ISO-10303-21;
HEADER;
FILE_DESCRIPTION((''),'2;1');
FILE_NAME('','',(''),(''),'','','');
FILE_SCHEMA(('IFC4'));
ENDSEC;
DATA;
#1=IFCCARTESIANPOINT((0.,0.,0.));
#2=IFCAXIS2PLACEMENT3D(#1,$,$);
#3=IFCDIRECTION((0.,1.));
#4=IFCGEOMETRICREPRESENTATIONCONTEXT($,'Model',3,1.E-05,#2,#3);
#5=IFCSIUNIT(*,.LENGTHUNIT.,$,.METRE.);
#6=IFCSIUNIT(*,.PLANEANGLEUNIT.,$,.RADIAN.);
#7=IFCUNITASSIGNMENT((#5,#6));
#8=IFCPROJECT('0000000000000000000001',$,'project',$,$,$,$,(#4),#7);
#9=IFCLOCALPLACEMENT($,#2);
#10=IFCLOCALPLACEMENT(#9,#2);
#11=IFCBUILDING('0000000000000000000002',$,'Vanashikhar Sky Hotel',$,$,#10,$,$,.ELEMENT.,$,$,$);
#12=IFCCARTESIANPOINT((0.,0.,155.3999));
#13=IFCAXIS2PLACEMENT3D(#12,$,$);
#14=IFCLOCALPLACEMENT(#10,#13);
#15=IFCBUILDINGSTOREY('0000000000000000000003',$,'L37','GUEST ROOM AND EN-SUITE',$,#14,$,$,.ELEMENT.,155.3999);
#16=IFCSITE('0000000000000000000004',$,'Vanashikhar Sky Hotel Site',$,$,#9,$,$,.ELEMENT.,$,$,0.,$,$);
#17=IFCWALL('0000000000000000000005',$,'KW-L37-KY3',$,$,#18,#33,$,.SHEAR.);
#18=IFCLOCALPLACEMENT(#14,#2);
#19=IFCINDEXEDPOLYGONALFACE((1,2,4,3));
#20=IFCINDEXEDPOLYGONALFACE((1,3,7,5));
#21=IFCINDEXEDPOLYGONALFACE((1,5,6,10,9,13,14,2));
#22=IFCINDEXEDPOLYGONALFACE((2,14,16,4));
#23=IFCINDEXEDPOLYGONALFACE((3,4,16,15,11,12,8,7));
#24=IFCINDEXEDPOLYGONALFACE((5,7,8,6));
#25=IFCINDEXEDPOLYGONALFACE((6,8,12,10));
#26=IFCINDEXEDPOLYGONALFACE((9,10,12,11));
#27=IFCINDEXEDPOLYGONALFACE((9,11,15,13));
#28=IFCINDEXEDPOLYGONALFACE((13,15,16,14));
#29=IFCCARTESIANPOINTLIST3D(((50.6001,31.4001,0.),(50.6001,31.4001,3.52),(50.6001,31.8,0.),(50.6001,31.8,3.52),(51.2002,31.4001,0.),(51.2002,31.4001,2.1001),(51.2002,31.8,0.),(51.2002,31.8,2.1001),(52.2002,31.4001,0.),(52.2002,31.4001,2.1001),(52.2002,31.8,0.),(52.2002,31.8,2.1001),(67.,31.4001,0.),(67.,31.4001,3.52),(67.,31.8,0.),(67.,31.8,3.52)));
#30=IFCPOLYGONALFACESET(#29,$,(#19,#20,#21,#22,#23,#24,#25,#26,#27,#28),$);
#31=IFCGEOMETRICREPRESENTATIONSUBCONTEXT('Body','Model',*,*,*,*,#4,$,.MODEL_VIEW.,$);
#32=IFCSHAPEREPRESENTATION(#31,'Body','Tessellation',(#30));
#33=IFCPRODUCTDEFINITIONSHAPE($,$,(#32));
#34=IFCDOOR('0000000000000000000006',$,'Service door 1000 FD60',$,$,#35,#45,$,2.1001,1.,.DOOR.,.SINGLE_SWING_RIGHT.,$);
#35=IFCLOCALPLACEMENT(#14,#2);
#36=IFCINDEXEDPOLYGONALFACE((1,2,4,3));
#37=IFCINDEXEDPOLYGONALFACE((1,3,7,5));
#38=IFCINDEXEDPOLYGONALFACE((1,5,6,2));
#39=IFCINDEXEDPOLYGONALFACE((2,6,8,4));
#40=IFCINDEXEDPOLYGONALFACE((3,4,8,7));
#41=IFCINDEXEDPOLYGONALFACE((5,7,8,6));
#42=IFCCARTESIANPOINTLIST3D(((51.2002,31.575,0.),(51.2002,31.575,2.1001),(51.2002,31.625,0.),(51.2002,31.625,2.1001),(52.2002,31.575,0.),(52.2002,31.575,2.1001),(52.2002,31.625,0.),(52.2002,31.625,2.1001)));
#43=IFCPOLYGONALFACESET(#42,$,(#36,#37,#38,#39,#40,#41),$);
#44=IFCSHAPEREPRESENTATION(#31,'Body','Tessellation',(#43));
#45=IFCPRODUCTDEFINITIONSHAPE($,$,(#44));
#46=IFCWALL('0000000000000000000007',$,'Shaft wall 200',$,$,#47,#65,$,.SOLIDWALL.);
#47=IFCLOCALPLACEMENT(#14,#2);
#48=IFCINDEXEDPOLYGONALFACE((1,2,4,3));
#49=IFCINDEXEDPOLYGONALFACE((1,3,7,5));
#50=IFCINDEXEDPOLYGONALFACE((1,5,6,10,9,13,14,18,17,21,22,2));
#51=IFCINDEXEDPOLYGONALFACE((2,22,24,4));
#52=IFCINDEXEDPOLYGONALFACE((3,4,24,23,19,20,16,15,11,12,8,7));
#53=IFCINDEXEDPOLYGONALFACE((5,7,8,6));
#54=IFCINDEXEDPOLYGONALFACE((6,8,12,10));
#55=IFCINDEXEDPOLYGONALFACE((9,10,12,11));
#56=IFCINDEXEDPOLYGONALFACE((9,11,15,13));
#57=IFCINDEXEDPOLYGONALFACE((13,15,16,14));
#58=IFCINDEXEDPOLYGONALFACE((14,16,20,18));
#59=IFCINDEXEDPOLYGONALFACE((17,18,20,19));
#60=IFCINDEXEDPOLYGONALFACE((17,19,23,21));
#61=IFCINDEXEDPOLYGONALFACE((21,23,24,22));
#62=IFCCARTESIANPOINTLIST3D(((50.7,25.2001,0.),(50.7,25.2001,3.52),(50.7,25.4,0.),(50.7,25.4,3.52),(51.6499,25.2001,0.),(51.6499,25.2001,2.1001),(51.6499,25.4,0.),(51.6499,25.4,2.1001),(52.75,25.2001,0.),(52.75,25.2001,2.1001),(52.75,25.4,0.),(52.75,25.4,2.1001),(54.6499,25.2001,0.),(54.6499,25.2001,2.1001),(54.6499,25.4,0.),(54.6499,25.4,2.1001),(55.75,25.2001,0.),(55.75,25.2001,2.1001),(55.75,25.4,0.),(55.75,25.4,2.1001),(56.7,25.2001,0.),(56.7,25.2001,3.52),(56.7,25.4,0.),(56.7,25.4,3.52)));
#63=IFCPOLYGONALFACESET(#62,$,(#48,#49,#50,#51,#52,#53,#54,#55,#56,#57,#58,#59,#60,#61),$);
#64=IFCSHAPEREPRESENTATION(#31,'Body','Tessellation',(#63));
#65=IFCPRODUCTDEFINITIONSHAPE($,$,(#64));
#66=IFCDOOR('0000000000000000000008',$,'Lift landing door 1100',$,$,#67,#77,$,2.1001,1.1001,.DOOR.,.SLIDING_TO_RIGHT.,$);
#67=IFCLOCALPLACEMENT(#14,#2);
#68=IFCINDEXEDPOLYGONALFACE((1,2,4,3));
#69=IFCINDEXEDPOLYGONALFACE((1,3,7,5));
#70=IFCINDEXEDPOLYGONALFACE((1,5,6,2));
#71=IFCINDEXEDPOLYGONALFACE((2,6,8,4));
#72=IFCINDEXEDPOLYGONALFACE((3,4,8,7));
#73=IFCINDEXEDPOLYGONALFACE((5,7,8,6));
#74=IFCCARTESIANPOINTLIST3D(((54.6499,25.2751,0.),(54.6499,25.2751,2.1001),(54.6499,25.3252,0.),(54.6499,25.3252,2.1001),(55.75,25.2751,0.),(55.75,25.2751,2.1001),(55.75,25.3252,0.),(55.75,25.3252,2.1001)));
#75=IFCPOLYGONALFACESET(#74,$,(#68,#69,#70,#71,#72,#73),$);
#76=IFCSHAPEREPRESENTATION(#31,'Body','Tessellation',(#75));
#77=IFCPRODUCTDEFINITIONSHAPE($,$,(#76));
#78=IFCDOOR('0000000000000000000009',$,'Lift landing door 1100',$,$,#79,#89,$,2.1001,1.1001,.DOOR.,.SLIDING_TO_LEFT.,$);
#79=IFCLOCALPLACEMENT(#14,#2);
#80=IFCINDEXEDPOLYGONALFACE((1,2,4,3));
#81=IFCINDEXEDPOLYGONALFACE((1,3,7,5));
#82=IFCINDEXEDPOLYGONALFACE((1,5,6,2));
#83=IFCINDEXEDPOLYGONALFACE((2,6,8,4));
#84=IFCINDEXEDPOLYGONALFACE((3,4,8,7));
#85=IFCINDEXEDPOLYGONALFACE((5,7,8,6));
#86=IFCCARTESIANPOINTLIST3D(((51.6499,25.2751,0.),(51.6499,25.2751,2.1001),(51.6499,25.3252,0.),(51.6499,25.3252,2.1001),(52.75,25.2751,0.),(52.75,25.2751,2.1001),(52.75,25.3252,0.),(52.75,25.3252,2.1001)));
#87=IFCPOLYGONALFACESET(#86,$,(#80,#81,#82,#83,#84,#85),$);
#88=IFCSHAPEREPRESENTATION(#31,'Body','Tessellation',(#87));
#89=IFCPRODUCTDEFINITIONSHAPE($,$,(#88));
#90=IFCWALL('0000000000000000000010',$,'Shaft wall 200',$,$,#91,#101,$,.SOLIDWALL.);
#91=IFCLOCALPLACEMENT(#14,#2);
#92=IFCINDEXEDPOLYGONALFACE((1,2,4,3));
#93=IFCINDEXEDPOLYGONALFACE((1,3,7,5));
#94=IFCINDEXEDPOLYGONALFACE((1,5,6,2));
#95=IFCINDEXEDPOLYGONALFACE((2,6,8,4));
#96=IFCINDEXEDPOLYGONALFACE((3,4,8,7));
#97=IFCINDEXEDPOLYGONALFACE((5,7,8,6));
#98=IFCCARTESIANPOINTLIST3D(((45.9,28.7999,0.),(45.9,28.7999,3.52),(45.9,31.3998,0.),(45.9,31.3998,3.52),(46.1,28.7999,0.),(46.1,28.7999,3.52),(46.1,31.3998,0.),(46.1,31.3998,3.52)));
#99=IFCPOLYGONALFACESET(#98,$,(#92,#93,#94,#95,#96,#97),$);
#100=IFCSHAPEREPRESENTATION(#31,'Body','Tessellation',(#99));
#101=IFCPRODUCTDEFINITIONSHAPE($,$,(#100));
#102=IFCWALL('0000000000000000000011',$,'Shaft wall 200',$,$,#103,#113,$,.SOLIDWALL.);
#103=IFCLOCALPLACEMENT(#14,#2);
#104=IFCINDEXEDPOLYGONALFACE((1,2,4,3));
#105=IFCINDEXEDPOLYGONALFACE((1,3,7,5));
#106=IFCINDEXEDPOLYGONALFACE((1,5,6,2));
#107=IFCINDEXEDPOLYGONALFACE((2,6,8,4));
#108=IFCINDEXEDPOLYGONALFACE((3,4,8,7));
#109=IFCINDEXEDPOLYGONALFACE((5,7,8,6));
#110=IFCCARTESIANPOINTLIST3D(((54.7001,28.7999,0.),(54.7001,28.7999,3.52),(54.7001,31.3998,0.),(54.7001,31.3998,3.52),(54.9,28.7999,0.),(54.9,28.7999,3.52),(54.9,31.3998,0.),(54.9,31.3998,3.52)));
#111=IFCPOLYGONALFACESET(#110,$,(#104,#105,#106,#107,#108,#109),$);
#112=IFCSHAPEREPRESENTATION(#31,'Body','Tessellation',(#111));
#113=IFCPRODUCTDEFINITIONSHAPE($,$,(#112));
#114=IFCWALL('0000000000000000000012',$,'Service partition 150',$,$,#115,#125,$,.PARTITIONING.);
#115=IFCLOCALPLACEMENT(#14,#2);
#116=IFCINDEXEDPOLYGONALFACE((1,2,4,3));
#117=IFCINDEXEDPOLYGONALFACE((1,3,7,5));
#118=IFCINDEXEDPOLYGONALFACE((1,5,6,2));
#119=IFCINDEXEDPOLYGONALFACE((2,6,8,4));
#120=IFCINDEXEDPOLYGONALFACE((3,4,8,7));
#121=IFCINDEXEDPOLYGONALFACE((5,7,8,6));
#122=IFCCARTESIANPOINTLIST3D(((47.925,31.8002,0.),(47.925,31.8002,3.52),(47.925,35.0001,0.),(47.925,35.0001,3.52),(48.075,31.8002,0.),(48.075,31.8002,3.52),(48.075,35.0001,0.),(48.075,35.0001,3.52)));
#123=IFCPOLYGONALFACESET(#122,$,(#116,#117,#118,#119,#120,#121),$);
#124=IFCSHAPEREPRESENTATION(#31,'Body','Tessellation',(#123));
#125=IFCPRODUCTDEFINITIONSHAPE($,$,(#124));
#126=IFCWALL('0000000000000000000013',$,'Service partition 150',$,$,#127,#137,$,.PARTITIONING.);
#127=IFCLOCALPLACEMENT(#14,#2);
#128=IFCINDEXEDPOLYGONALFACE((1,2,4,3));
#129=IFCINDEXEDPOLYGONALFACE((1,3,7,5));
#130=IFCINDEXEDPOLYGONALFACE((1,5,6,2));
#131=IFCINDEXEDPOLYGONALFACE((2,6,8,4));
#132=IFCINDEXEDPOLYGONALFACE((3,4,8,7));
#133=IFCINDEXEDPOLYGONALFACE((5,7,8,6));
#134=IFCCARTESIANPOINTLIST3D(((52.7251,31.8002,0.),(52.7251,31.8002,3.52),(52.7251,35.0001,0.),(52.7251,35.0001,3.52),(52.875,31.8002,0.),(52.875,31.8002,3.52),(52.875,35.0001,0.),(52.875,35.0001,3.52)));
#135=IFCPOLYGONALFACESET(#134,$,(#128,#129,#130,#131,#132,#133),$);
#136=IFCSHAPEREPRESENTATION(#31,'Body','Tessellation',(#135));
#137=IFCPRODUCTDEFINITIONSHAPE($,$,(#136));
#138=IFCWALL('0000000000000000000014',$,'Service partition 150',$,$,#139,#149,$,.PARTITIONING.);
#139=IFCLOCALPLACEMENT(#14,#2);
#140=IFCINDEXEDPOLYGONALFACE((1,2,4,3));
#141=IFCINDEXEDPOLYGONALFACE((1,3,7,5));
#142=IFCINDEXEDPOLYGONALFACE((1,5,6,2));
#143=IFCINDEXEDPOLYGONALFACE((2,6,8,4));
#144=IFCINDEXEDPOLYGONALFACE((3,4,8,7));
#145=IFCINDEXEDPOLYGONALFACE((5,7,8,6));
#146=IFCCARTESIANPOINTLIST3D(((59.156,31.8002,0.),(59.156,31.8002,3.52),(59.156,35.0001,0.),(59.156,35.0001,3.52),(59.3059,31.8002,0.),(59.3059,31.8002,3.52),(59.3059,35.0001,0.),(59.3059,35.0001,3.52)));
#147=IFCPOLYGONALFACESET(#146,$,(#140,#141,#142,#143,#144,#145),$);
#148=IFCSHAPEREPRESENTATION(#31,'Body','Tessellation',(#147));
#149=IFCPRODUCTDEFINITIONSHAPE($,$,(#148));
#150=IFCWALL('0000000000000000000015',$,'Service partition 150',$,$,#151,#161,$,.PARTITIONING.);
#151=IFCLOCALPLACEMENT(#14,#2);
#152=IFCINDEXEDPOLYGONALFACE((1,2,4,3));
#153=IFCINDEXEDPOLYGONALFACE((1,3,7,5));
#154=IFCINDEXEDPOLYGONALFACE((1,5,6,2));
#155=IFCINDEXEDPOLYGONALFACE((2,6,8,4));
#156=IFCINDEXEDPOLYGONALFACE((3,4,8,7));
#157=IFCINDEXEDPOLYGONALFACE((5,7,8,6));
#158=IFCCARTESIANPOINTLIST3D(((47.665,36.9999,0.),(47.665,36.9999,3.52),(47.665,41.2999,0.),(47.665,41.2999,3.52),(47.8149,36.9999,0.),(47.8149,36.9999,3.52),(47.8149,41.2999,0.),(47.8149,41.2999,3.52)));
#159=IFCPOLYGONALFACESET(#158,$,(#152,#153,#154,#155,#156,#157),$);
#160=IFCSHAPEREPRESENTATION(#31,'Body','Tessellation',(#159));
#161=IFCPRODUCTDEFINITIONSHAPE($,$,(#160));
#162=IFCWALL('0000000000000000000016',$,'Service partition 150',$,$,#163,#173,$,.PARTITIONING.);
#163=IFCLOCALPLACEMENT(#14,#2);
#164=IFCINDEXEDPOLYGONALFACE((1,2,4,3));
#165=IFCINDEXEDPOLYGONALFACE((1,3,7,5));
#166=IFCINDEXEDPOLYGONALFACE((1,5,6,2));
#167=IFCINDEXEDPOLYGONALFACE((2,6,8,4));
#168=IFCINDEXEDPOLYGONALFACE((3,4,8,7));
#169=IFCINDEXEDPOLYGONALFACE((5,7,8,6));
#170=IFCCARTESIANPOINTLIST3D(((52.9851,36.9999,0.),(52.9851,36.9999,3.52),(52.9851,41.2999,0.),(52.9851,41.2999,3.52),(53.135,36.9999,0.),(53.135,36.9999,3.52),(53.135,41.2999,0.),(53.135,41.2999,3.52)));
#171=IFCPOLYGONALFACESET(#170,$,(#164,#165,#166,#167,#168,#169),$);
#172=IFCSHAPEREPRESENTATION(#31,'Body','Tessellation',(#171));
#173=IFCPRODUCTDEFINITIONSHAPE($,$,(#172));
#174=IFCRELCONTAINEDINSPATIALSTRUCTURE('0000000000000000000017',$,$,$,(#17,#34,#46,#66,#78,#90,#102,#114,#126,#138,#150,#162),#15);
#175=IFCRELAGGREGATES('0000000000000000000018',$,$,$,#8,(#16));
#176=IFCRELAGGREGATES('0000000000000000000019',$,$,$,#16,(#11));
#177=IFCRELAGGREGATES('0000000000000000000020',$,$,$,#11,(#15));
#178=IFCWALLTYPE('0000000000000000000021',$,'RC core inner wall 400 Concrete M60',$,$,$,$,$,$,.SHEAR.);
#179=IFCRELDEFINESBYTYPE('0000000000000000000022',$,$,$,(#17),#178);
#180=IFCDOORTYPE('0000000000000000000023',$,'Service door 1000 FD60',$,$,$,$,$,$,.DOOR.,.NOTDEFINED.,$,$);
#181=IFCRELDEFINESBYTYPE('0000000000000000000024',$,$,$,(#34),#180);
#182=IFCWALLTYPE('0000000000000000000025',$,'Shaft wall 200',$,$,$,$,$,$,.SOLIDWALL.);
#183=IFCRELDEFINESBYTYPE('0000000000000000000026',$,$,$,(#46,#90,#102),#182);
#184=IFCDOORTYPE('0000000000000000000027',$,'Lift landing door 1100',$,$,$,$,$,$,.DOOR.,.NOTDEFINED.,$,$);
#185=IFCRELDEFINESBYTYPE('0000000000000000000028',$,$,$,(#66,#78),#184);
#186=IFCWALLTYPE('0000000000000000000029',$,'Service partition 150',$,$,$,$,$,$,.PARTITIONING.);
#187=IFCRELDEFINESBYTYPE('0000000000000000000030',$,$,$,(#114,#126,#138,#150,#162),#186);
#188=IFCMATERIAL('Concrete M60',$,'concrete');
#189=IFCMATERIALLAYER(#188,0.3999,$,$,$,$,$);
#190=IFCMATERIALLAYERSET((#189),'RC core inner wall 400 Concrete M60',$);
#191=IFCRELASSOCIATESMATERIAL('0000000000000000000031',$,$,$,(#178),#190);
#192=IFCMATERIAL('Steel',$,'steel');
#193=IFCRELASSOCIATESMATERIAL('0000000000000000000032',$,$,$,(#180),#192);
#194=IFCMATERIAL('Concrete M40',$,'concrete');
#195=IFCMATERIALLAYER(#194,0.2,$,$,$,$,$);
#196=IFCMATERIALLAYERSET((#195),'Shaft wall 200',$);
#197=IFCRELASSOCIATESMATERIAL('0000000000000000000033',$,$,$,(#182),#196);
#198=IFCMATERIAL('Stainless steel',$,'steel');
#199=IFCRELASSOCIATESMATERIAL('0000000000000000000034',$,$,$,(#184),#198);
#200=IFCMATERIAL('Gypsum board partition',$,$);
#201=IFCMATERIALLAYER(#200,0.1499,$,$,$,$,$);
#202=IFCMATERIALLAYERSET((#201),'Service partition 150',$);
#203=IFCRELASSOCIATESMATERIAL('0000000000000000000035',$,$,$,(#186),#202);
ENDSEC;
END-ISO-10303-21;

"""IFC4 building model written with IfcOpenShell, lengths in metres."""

from ifc_helpers import new_model, si_unit, direction, frame, frame_2d, origin, place, context, subcontext, project, spatial, rectangle, extrude, source, transform, mapped, material, layer, layer_set, type_object, element, fill, save


model = new_model("IFC4")

# Units and contexts
model_context = context("Model", 3, precision=1e-05, world=origin(), true_north=direction((0.0, 1.0)))
body_context = subcontext(model_context, "Body", "Model", "MODEL_VIEW")
ifc_project = project(units=[si_unit("LENGTHUNIT", "METRE"), si_unit("PLANEANGLEUNIT", "RADIAN")], contexts=[model_context])

# Site, building, storey
site_placement = place(None, origin())
site = spatial("IfcSite", under=ifc_project, at=site_placement, Name="Vanashikhar Sky Hotel Site", CompositionType="ELEMENT", RefElevation=0.0)
building_placement = place(site_placement, origin())
building = spatial("IfcBuilding", under=site, at=building_placement, Name="Vanashikhar Sky Hotel", CompositionType="ELEMENT")
storey_placement = place(building_placement, frame((0.0, 0.0, 155.3999)))
storey = spatial("IfcBuildingStorey", under=building, at=storey_placement, Name="L37", Description="GUEST ROOM AND EN-SUITE", CompositionType="ELEMENT", Elevation=155.3999)

# Wall, opening, door
ifc_material_1 = material(Name="Concrete M60", Category="concrete")
ifc_layer_1 = layer(ifc_material_1, 0.3999)
ifc_layer_set_1 = layer_set([ifc_layer_1], Name="RC core inner wall 400 Concrete M60")
wall_type_1 = type_object("IfcWallType", Name="RC core inner wall 400 Concrete M60", PredefinedType="SHEAR", material=ifc_layer_set_1)
shared_shape_1 = source(origin(), body_context, "Body", "SweptSolid", [
    extrude(rectangle(XDim=16.3999, YDim=0.3999, at=frame_2d((8.2, 0.0))), origin(), (0.0, 0.0, 1.0), 3.52),
])
wall_1_placement = place(storey_placement, frame((50.6001, 31.6001, 0.0), z_axis=(0.0, 0.0, 1.0), x_axis=(1.0, 0.0, 0.0)))
wall_1 = element("IfcWall", 1, at=wall_1_placement, inside=storey, type_object=wall_type_1, Name="KW-L37-KY3", PredefinedType="SHEAR", context=body_context, shape_type="MappedRepresentation", body=[
    mapped(shared_shape_1, transform((0.0, 0.0, 0.0), scale=1.0)),
])
shared_shape_2 = source(origin(), body_context, "Body", "SweptSolid", [
    extrude(rectangle(XDim=1.0, YDim=2.1001, at=frame_2d((0.5, 1.05))), frame((0.0, 0.21, 0.0), z_axis=(0.0, -1.0, 0.0), x_axis=(1.0, 0.0, 0.0)), (0.0, 0.0, 1.0), 0.4199),
])
opening_1_placement = place(wall_1_placement, frame((0.6001, 0.0, 0.0)))
opening_1 = element("IfcOpeningElement", 2, at=opening_1_placement, cuts=wall_1, PredefinedType="OPENING", context=body_context, shape_type="MappedRepresentation", body=[
    mapped(shared_shape_2, transform((0.0, 0.0, 0.0), scale=1.0)),
])
ifc_material_2 = material(Name="Steel", Category="steel")
door_type_1 = type_object("IfcDoorType", Name="Service door 1000 FD60", OperationType="NOTDEFINED", PredefinedType="DOOR", material=ifc_material_2)
shared_shape_3 = source(origin(), body_context, "Body", "SweptSolid", [
    extrude(rectangle(XDim=1.0, YDim=2.1001, at=frame_2d((0.5, 1.05))), frame((0.0, 0.0249, 0.0), z_axis=(0.0, -1.0, 0.0), x_axis=(1.0, 0.0, 0.0)), (0.0, 0.0, 1.0), 0.05),
])
door_1_placement = place(opening_1_placement, origin())
door_1 = element("IfcDoor", 3, at=door_1_placement, inside=storey, type_object=door_type_1, Name="Service door 1000 FD60", OperationType="SINGLE_SWING_RIGHT", OverallHeight=2.1001, OverallWidth=1.0, PredefinedType="DOOR", context=body_context, shape_type="MappedRepresentation", body=[
    mapped(shared_shape_3, transform((0.0, 0.0, 0.0), scale=1.0)),
])
fill(opening_1, door_1)

# Wall, openings, doors
ifc_material_3 = material(Name="Concrete M40", Category="concrete")
ifc_layer_2 = layer(ifc_material_3, 0.2)
ifc_layer_set_2 = layer_set([ifc_layer_2], Name="Shaft wall 200")
wall_type_2 = type_object("IfcWallType", Name="Shaft wall 200", PredefinedType="SOLIDWALL", material=ifc_layer_set_2)
shared_shape_4 = source(origin(), body_context, "Body", "SweptSolid", [
    extrude(rectangle(XDim=6.0, YDim=0.2, at=frame_2d((3.0, 0.0))), origin(), (0.0, 0.0, 1.0), 3.52),
])
wall_2_placement = place(storey_placement, frame((56.7, 25.3, 0.0), z_axis=(0.0, 0.0, 1.0), x_axis=(-1.0, 0.0, 0.0)))
wall_2 = element("IfcWall", 4, at=wall_2_placement, inside=storey, type_object=wall_type_2, Name="Shaft wall 200", PredefinedType="SOLIDWALL", context=body_context, shape_type="MappedRepresentation", body=[
    mapped(shared_shape_4, transform((0.0, 0.0, 0.0), scale=1.0)),
])
shared_shape_5 = source(origin(), body_context, "Body", "SweptSolid", [
    extrude(rectangle(XDim=1.1001, YDim=2.1001, at=frame_2d((0.55, 1.05))), frame((0.0, 0.1099, 0.0), z_axis=(0.0, -1.0, 0.0), x_axis=(1.0, 0.0, 0.0)), (0.0, 0.0, 1.0), 0.22),
])
opening_2_placement = place(wall_2_placement, frame((0.95, 0.0, 0.0)))
opening_2 = element("IfcOpeningElement", 5, at=opening_2_placement, cuts=wall_2, PredefinedType="OPENING", context=body_context, shape_type="MappedRepresentation", body=[
    mapped(shared_shape_5, transform((0.0, 0.0, 0.0), scale=1.0)),
])
opening_3_placement = place(wall_2_placement, frame((3.95, 0.0, 0.0)))
opening_3 = element("IfcOpeningElement", 6, at=opening_3_placement, cuts=wall_2, PredefinedType="OPENING", context=body_context, shape_type="MappedRepresentation", body=[
    mapped(shared_shape_5, transform((0.0, 0.0, 0.0), scale=1.0)),
])
ifc_material_4 = material(Name="Stainless steel", Category="steel")
door_type_2 = type_object("IfcDoorType", Name="Lift landing door 1100", OperationType="NOTDEFINED", PredefinedType="DOOR", material=ifc_material_4)
shared_shape_6 = source(origin(), body_context, "Body", "SweptSolid", [
    extrude(rectangle(XDim=1.1001, YDim=2.1001, at=frame_2d((0.55, 1.05))), frame((0.0, 0.0249, 0.0), z_axis=(0.0, -1.0, 0.0), x_axis=(1.0, 0.0, 0.0)), (0.0, 0.0, 1.0), 0.05),
])
door_2_placement = place(opening_2_placement, origin())
door_2 = element("IfcDoor", 7, at=door_2_placement, inside=storey, type_object=door_type_2, Name="Lift landing door 1100", OperationType="SLIDING_TO_RIGHT", OverallHeight=2.1001, OverallWidth=1.1001, PredefinedType="DOOR", context=body_context, shape_type="MappedRepresentation", body=[
    mapped(shared_shape_6, transform((0.0, 0.0, 0.0), scale=1.0)),
])
fill(opening_2, door_2)
door_3_placement = place(opening_3_placement, origin())
door_3 = element("IfcDoor", 8, at=door_3_placement, inside=storey, type_object=door_type_2, Name="Lift landing door 1100", OperationType="SLIDING_TO_LEFT", OverallHeight=2.1001, OverallWidth=1.1001, PredefinedType="DOOR", context=body_context, shape_type="MappedRepresentation", body=[
    mapped(shared_shape_6, transform((0.0, 0.0, 0.0), scale=1.0)),
])
fill(opening_3, door_3)

# Walls
shared_shape_7 = source(origin(), body_context, "Body", "SweptSolid", [
    extrude(rectangle(XDim=2.5999, YDim=0.2, at=frame_2d((1.2998, 0.0))), origin(), (0.0, 0.0, 1.0), 3.52),
])
for number, where, z_axis, x_axis, name in (
    (9, (46.0, 28.8, 0.0), (0.0, 0.0, 1.0), (0.0, 1.0, 0.0), "Shaft wall 200"),
    (10, (54.8, 28.8, 0.0), (0.0, 0.0, 1.0), (0.0, 1.0, 0.0), "Shaft wall 200"),
):
    element("IfcWall", number, at=place(storey_placement, frame(where, z_axis=z_axis, x_axis=x_axis)), inside=storey, type_object=wall_type_2, Name=name, PredefinedType="SOLIDWALL", context=body_context, shape_type="MappedRepresentation", body=[
        mapped(shared_shape_7, transform((0.0, 0.0, 0.0), scale=1.0)),
    ])
ifc_material_5 = material(Name="Gypsum board partition")
ifc_layer_3 = layer(ifc_material_5, 0.1499)
ifc_layer_set_3 = layer_set([ifc_layer_3], Name="Service partition 150")
wall_type_3 = type_object("IfcWallType", Name="Service partition 150", PredefinedType="PARTITIONING", material=ifc_layer_set_3)
shared_shape_8 = source(origin(), body_context, "Body", "SweptSolid", [
    extrude(rectangle(XDim=3.2, YDim=0.1499, at=frame_2d((1.6001, 0.0))), origin(), (0.0, 0.0, 1.0), 3.52),
])
for number, where, z_axis, x_axis, name in (
    (11, (48.0, 31.8, 0.0), (0.0, 0.0, 1.0), (0.0, 1.0, 0.0), "Service partition 150"),
    (12, (52.8, 31.8, 0.0), (0.0, 0.0, 1.0), (0.0, 1.0, 0.0), "Service partition 150"),
    (13, (59.231, 31.8, 0.0), (0.0, 0.0, 1.0), (0.0, 1.0, 0.0), "Service partition 150"),
):
    element("IfcWall", number, at=place(storey_placement, frame(where, z_axis=z_axis, x_axis=x_axis)), inside=storey, type_object=wall_type_3, Name=name, PredefinedType="PARTITIONING", context=body_context, shape_type="MappedRepresentation", body=[
        mapped(shared_shape_8, transform((0.0, 0.0, 0.0), scale=1.0)),
    ])
shared_shape_9 = source(origin(), body_context, "Body", "SweptSolid", [
    extrude(rectangle(XDim=4.3, YDim=0.1499, at=frame_2d((2.1499, 0.0))), origin(), (0.0, 0.0, 1.0), 3.52),
])
for number, where, z_axis, x_axis, name in (
    (14, (47.74, 37.0, 0.0), (0.0, 0.0, 1.0), (0.0, 1.0, 0.0), "Service partition 150"),
    (15, (53.0601, 37.0, 0.0), (0.0, 0.0, 1.0), (0.0, 1.0, 0.0), "Service partition 150"),
):
    element("IfcWall", number, at=place(storey_placement, frame(where, z_axis=z_axis, x_axis=x_axis)), inside=storey, type_object=wall_type_3, Name=name, PredefinedType="PARTITIONING", context=body_context, shape_type="MappedRepresentation", body=[
        mapped(shared_shape_9, transform((0.0, 0.0, 0.0), scale=1.0)),
    ])

save(model, "model.ifc")
